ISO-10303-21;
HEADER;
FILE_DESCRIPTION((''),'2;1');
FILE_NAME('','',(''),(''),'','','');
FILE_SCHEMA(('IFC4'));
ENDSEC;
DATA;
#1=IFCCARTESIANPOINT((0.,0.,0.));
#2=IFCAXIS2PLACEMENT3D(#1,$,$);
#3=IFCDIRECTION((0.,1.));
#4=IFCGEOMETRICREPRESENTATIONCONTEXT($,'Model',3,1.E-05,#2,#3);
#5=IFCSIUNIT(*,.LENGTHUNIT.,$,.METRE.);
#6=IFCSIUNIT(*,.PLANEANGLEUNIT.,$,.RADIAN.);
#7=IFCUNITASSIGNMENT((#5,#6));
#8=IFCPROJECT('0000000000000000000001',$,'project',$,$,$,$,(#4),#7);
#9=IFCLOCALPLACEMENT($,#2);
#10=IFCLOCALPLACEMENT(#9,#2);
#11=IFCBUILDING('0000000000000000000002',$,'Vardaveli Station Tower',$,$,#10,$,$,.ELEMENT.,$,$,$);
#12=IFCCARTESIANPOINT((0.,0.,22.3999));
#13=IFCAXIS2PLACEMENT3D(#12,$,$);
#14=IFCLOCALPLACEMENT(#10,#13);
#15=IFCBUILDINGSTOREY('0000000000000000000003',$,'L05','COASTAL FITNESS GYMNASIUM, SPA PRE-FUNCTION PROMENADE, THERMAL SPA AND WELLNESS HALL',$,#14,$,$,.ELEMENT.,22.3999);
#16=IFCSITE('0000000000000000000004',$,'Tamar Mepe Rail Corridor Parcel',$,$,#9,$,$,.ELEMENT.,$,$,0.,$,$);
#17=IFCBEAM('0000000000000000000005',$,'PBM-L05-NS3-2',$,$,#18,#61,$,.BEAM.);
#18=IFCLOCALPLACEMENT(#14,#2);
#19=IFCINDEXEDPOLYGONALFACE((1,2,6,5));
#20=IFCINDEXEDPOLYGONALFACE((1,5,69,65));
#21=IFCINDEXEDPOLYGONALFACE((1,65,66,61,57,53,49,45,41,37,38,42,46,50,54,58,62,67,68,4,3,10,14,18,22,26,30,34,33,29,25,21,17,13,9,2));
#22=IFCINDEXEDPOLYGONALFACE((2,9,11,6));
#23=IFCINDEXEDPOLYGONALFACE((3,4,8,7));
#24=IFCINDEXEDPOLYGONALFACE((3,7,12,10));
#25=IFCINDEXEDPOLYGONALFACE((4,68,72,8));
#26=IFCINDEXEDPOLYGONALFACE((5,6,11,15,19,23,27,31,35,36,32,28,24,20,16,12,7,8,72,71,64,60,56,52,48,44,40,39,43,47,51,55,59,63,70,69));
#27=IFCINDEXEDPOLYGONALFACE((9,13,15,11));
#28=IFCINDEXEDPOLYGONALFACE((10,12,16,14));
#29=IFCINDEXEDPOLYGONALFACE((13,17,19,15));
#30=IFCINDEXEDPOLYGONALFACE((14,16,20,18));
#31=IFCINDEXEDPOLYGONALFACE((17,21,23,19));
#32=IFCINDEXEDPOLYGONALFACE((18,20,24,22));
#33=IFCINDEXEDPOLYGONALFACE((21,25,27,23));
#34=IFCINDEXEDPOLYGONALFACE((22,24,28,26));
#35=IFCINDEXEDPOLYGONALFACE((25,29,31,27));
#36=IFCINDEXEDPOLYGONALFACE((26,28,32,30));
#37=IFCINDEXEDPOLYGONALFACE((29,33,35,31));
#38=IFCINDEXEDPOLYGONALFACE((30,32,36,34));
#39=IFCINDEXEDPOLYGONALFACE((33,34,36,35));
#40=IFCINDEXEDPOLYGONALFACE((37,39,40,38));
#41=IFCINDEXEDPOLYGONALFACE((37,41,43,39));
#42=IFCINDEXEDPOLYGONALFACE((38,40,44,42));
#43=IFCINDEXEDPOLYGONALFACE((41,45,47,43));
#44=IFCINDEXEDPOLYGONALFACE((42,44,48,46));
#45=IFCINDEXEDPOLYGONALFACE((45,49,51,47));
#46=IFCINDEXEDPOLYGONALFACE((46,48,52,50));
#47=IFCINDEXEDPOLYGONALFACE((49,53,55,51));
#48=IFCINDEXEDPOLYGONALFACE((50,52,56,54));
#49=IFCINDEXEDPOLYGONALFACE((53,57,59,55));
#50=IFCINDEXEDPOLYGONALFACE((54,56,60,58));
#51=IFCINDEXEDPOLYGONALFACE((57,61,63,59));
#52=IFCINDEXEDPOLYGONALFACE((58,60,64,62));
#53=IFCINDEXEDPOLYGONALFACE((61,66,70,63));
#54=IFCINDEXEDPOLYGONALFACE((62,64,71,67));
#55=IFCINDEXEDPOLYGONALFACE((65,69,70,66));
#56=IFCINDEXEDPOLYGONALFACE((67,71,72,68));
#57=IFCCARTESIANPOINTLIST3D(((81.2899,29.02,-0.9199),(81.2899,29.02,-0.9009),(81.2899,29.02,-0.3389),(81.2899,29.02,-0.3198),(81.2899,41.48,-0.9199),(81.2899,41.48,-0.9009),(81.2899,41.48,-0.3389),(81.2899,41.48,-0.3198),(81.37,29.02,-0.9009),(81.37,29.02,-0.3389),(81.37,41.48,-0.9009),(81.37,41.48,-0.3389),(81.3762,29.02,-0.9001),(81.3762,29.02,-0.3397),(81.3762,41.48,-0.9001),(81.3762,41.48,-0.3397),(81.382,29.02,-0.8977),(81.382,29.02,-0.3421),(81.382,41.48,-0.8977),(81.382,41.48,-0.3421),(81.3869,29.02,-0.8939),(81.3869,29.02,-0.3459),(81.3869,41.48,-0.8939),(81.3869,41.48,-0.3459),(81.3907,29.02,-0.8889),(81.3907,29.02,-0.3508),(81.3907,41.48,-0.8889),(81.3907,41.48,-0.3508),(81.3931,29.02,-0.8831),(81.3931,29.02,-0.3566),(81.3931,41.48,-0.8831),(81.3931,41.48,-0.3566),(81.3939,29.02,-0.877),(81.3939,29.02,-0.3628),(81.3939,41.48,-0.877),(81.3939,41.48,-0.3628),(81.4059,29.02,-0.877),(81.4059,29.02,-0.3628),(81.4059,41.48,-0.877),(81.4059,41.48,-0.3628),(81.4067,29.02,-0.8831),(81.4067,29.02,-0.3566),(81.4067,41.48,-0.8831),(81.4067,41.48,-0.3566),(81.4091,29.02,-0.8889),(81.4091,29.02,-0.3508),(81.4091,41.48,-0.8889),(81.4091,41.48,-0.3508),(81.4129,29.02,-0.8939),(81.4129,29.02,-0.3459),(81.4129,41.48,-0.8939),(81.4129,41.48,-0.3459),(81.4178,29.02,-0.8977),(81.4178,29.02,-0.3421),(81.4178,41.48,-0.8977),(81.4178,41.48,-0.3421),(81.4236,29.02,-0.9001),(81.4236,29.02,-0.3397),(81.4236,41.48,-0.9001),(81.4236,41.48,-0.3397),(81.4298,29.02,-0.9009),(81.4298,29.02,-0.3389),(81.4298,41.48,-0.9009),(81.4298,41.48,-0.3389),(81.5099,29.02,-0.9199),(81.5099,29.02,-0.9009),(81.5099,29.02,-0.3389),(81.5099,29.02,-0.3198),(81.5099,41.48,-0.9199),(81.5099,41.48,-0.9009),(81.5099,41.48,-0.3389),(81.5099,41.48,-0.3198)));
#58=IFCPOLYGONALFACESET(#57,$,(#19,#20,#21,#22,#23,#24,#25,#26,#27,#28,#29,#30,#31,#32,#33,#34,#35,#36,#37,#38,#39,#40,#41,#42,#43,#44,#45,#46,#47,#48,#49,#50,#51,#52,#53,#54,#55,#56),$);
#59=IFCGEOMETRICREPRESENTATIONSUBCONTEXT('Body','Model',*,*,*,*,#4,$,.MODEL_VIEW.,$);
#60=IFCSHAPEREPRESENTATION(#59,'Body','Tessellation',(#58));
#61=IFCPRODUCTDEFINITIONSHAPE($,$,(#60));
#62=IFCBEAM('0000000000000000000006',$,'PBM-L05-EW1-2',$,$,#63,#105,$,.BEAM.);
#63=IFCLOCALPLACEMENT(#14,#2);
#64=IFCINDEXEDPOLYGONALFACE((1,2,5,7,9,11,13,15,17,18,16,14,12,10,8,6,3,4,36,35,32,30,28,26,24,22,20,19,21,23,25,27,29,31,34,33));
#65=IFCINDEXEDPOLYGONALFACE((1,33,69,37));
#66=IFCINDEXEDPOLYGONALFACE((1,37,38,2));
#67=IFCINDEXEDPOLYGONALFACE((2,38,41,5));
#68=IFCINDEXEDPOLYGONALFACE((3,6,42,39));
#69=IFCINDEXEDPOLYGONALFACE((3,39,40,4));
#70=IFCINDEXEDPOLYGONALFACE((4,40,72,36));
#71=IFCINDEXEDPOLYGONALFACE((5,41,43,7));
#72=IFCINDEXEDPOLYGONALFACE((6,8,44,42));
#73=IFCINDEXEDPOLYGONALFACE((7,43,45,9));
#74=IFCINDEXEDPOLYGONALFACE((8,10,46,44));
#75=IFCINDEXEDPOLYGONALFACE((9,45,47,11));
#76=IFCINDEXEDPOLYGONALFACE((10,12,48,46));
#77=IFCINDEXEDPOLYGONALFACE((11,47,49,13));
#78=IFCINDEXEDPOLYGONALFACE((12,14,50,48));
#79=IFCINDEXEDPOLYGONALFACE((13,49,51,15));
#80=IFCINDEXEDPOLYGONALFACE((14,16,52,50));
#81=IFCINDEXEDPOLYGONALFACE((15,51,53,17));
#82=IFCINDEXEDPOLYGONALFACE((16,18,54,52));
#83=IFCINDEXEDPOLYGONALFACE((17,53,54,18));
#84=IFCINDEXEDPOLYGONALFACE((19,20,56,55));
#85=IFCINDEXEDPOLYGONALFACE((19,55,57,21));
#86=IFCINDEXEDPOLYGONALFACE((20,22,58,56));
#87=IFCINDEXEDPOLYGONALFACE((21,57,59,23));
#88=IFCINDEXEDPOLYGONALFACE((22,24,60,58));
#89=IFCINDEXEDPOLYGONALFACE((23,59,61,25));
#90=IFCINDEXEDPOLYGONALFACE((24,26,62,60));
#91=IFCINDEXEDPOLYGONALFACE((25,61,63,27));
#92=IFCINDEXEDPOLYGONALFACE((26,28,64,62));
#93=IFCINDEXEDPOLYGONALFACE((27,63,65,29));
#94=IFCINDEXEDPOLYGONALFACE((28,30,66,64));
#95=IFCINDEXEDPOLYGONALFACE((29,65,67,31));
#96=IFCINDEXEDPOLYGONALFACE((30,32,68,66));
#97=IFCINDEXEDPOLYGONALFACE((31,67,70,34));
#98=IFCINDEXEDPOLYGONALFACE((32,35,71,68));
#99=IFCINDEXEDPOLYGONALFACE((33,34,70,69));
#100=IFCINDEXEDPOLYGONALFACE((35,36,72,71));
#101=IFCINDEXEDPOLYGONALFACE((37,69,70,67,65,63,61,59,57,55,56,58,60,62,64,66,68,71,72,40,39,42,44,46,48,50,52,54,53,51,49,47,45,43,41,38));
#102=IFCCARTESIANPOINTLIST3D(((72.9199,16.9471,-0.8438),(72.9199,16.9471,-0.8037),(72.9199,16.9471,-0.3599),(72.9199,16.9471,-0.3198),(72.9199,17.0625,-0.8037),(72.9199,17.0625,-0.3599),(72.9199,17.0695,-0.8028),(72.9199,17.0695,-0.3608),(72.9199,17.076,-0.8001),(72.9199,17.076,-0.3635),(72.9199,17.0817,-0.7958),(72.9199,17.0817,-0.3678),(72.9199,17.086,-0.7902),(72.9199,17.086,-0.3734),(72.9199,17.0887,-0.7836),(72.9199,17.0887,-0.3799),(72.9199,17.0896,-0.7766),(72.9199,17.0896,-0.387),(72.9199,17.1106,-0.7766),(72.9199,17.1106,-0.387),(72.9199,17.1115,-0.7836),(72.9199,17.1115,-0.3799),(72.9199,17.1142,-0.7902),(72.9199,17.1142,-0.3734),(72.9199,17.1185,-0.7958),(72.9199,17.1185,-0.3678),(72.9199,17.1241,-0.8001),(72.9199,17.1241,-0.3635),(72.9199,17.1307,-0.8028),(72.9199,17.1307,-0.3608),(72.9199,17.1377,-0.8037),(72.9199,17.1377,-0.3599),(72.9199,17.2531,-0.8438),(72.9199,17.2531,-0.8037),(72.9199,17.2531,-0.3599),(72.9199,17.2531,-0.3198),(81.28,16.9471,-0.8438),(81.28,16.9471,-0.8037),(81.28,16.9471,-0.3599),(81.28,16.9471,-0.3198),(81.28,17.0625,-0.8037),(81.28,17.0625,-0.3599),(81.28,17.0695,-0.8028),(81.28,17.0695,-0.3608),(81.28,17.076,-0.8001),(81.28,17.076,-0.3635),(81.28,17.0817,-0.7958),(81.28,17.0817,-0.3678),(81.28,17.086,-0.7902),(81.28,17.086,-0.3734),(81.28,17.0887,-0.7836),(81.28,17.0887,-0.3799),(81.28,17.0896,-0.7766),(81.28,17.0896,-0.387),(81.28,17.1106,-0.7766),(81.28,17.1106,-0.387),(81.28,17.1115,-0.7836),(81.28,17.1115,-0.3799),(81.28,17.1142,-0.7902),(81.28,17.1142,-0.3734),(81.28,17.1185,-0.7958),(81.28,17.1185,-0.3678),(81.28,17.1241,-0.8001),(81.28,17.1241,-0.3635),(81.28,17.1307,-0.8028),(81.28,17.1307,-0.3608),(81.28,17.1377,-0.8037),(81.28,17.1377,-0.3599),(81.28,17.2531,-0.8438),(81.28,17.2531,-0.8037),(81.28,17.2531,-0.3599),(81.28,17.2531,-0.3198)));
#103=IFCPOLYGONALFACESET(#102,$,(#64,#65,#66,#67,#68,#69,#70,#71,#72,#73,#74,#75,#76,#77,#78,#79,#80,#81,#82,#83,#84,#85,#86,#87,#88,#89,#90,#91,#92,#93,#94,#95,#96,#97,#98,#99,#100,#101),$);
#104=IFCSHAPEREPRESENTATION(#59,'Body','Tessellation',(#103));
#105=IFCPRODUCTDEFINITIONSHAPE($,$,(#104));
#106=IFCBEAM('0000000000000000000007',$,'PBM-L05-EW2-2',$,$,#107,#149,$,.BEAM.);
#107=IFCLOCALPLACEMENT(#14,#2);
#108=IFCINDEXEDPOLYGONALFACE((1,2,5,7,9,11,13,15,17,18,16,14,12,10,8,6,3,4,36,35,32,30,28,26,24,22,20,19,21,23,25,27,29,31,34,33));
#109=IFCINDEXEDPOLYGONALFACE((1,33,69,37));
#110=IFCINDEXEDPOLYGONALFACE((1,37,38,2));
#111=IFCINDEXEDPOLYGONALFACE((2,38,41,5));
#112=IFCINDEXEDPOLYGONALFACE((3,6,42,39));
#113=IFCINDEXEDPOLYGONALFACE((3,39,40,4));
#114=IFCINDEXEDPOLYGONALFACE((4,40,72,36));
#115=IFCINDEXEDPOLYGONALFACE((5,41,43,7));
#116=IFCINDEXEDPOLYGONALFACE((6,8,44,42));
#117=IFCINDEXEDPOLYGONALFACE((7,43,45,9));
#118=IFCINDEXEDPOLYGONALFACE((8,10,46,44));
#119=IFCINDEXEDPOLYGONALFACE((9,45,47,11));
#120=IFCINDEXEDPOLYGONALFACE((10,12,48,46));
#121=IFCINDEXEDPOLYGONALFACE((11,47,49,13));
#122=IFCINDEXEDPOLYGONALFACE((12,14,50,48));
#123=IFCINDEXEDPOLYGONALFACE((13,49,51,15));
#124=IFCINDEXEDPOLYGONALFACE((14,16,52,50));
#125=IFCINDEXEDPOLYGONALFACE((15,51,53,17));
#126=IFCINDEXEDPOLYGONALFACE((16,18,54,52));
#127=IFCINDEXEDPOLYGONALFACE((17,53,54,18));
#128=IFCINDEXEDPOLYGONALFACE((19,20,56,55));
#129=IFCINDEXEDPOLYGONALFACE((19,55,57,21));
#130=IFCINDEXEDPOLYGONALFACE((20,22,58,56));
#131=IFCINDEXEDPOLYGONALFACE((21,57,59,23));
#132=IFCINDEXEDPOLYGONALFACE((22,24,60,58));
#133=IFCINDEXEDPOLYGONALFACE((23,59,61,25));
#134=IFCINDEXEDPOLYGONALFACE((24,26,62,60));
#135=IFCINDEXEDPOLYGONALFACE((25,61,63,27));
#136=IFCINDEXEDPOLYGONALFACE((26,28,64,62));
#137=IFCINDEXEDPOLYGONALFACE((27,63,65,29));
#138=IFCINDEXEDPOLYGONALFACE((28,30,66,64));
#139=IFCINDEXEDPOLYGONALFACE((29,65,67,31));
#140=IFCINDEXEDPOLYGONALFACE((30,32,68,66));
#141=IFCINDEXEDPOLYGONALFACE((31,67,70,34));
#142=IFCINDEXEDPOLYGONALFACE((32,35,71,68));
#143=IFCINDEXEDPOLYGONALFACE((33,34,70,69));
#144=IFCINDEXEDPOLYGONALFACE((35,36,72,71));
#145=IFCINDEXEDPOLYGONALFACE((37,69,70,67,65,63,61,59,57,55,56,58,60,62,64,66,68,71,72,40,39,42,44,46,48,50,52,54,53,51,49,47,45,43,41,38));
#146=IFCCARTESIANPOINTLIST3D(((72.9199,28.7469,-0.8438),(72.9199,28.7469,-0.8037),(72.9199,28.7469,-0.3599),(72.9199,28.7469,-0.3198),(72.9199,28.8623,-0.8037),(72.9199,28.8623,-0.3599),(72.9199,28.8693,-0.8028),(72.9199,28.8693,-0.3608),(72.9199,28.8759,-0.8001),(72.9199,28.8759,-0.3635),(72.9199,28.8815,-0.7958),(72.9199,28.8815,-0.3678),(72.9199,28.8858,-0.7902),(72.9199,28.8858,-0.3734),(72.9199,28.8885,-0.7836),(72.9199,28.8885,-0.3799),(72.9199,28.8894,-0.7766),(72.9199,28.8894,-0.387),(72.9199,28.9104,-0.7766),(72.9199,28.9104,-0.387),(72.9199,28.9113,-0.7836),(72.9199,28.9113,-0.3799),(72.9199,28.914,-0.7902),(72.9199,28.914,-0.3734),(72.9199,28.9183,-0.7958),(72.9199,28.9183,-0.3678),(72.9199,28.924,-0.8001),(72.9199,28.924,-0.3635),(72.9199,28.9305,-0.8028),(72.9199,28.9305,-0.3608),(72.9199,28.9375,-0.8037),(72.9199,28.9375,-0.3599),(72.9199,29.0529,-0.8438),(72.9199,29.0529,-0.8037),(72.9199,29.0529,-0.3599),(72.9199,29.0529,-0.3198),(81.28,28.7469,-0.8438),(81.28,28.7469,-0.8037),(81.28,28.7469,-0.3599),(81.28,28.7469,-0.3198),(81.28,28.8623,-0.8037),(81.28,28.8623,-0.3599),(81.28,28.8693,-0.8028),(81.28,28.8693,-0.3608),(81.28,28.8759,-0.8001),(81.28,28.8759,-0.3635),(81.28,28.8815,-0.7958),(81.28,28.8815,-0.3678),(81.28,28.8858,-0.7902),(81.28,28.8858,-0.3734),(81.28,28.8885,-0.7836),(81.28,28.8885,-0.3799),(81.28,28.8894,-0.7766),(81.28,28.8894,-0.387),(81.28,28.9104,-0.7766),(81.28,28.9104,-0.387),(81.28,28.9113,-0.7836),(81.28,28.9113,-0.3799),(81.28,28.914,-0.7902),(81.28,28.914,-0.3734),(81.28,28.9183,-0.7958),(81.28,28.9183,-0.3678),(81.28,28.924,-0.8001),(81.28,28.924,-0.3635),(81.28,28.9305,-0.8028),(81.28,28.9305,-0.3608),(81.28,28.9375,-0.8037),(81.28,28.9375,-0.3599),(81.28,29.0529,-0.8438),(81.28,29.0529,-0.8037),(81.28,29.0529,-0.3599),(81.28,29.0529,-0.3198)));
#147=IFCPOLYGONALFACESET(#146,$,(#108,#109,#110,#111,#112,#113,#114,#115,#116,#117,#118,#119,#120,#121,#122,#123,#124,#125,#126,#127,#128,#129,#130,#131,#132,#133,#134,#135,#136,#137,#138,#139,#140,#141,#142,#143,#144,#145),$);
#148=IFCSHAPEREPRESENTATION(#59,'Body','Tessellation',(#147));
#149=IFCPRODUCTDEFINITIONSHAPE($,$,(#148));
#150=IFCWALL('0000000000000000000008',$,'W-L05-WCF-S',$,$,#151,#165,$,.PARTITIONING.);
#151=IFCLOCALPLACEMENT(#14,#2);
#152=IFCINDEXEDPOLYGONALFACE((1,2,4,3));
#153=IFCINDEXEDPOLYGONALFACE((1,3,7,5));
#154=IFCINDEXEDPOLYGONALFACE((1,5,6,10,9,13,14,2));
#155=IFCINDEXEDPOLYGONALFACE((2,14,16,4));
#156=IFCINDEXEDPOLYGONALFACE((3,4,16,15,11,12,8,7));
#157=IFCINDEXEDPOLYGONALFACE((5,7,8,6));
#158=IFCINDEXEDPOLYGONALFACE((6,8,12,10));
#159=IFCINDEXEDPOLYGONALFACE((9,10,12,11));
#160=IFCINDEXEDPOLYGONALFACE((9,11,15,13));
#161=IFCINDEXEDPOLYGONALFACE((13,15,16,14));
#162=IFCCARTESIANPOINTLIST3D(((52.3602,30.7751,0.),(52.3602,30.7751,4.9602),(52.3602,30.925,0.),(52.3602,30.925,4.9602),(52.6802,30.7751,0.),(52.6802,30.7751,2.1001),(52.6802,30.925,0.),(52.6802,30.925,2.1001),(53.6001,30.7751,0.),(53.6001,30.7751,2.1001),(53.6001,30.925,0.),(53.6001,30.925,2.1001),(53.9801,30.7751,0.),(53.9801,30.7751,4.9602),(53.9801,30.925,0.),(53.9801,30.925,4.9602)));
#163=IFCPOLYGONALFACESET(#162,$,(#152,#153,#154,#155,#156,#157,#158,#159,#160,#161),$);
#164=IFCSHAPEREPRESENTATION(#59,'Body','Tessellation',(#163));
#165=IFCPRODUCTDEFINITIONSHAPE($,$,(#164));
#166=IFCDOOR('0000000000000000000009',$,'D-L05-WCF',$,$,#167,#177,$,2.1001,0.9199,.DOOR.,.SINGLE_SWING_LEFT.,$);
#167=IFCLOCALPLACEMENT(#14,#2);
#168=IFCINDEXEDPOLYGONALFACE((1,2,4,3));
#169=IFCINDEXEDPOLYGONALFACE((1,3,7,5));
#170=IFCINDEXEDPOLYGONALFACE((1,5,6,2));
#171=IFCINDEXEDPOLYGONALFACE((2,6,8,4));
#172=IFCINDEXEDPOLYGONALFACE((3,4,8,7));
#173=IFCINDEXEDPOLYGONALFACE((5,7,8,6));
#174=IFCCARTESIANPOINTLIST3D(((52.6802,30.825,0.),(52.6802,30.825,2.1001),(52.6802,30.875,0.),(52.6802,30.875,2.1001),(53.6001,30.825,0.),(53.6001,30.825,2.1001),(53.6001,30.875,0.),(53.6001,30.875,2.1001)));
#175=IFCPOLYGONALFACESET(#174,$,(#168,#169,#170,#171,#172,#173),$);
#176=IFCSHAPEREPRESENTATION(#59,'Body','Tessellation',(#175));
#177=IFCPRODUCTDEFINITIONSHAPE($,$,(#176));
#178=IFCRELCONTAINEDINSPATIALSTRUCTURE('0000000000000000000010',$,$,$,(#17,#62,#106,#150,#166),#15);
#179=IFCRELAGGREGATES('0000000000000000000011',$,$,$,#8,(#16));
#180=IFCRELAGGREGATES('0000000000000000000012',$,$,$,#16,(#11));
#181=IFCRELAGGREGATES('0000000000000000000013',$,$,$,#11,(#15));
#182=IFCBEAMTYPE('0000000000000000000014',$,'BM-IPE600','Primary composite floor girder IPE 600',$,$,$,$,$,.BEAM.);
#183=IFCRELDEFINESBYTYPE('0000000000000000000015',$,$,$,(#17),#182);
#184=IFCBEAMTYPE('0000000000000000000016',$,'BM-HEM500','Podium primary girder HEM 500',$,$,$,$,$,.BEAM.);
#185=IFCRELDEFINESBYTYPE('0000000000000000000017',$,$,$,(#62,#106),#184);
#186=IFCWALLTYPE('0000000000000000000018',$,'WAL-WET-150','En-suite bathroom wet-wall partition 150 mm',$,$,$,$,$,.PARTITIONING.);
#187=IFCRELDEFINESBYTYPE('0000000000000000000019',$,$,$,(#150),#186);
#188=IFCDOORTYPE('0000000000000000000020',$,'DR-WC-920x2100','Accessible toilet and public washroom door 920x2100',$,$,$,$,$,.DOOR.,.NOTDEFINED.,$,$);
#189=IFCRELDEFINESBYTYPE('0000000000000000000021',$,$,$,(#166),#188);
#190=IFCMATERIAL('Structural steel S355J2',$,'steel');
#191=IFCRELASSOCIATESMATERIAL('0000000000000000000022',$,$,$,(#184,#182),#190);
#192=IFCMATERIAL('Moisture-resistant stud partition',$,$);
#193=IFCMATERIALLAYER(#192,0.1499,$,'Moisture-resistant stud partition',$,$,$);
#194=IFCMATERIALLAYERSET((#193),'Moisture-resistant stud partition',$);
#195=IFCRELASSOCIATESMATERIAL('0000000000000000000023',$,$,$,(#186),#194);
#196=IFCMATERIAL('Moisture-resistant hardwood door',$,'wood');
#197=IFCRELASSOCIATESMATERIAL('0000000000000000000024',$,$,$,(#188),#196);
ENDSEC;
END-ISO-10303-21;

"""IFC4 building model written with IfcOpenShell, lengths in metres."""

from ifc_helpers import new_model, si_unit, direction, frame, frame_2d, origin, origin_2d, place, context, subcontext, project, spatial, rectangle, i_section, extrude, source, transform, mapped, material, layer, layer_set, material_profile, profile_set, type_object, element, fill, save


model = new_model("IFC4")

# Units and contexts
model_context = context("Model", 3, precision=1e-05, world=origin(), true_north=direction((0.0, 1.0)))
body_context = subcontext(model_context, "Body", "Model", "MODEL_VIEW")
ifc_project = project(units=[si_unit("LENGTHUNIT", "METRE"), si_unit("PLANEANGLEUNIT", "RADIAN")], contexts=[model_context])

# Site, building, storey
site_placement = place(None, origin())
site = spatial("IfcSite", under=ifc_project, at=site_placement, Name="Tamar Mepe Rail Corridor Parcel", CompositionType="ELEMENT", RefElevation=0.0)
building_placement = place(site_placement, origin())
building = spatial("IfcBuilding", under=site, at=building_placement, Name="Vardaveli Station Tower", CompositionType="ELEMENT")
storey_placement = place(building_placement, frame((0.0, 0.0, 22.3999)))
storey = spatial("IfcBuildingStorey", under=building, at=storey_placement, Name="L05", Description="COASTAL FITNESS GYMNASIUM, SPA PRE-FUNCTION PROMENADE, THERMAL SPA AND WELLNESS HALL", CompositionType="ELEMENT", Elevation=22.3999)

# Beams
ifc_material_1 = material(Name="Structural steel S355J2", Category="steel")
ifc_material_profile_1 = material_profile(ifc_material_1, i_section(OverallWidth=0.3059, OverallDepth=0.5239, WebThickness=0.021, FlangeThickness=0.04, FilletRadius=0.0271, at=origin_2d()), Name="HEM 500")
ifc_profile_set_1 = profile_set([ifc_material_profile_1], Name="Structural steel S355J2")
beam_type_1 = type_object("IfcBeamType", Name="BM-HEM500", Description="Podium primary girder HEM 500", PredefinedType="BEAM", material=ifc_profile_set_1)
ifc_material_profile_2 = material_profile(ifc_material_1, i_section(OverallWidth=0.22, OverallDepth=0.6001, WebThickness=0.012, FlangeThickness=0.019, FilletRadius=0.0239, at=origin_2d()), Name="IPE 600")
ifc_profile_set_2 = profile_set([ifc_material_profile_2], Name="Structural steel S355J2")
beam_type_2 = type_object("IfcBeamType", Name="BM-IPE600", Description="Primary composite floor girder IPE 600", PredefinedType="BEAM", material=ifc_profile_set_2)
shared_shape_1 = source(origin(), body_context, "Body", "SweptSolid", [
    extrude(i_section(OverallWidth=0.22, OverallDepth=0.6001, WebThickness=0.012, FlangeThickness=0.019, FilletRadius=0.0239, at=origin_2d()), origin(), (0.0, 0.0, 1.0), 12.46),
])
for number, where, z_axis, x_axis, name in (
    (1, (81.3999, 29.02, -0.6199), (0.0, 1.0, 0.0), (-1.0, 0.0, 0.0), "PBM-L05-NS3-2"),
):
    element("IfcBeam", number, at=place(storey_placement, frame(where, z_axis=z_axis, x_axis=x_axis)), inside=storey, type_object=beam_type_2, Name=name, PredefinedType="BEAM", context=body_context, shape_type="MappedRepresentation", body=[
        mapped(shared_shape_1, transform((0.0, 0.0, 0.0), scale=1.0)),
    ])
shared_shape_2 = source(origin(), body_context, "Body", "SweptSolid", [
    extrude(i_section(OverallWidth=0.3059, OverallDepth=0.5239, WebThickness=0.021, FlangeThickness=0.04, FilletRadius=0.0271, at=origin_2d()), origin(), (0.0, 0.0, 1.0), 8.3601),
])
for number, where, z_axis, x_axis, name in (
    (2, (72.9199, 17.1001, -0.5818), (1.0, 0.0, 0.0), (0.0, 1.0, 0.0), "PBM-L05-EW1-2"),
    (3, (72.9199, 28.8999, -0.5818), (1.0, 0.0, 0.0), (0.0, 1.0, 0.0), "PBM-L05-EW2-2"),
):
    element("IfcBeam", number, at=place(storey_placement, frame(where, z_axis=z_axis, x_axis=x_axis)), inside=storey, type_object=beam_type_1, Name=name, PredefinedType="BEAM", context=body_context, shape_type="MappedRepresentation", body=[
        mapped(shared_shape_2, transform((0.0, 0.0, 0.0), scale=1.0)),
    ])

# Wall, opening, door
ifc_material_2 = material(Name="Moisture-resistant stud partition")
ifc_layer_1 = layer(ifc_material_2, 0.1499, Name="Moisture-resistant stud partition")
ifc_layer_set_1 = layer_set([ifc_layer_1], Name="Moisture-resistant stud partition")
wall_type_1 = type_object("IfcWallType", Name="WAL-WET-150", Description="En-suite bathroom wet-wall partition 150 mm", PredefinedType="PARTITIONING", material=ifc_layer_set_1)
shared_shape_3 = source(origin(), body_context, "Body", "SweptSolid", [
    extrude(rectangle(XDim=1.6199, YDim=0.1499, at=frame_2d((0.8101, 0.0))), origin(), (0.0, 0.0, 1.0), 4.9602),
])
wall_1_placement = place(storey_placement, frame((52.3601, 30.8501, 0.0), z_axis=(0.0, 0.0, 1.0), x_axis=(1.0, 0.0, 0.0)))
wall_1 = element("IfcWall", 4, at=wall_1_placement, inside=storey, type_object=wall_type_1, Name="W-L05-WCF-S", PredefinedType="PARTITIONING", context=body_context, shape_type="MappedRepresentation", body=[
    mapped(shared_shape_3, transform((0.0, 0.0, 0.0), scale=1.0)),
])
shared_shape_4 = source(origin(), body_context, "Body", "SweptSolid", [
    extrude(rectangle(XDim=0.9199, YDim=2.1001, at=frame_2d((0.46, 1.05))), frame((0.0, 0.085, 0.0), z_axis=(0.0, -1.0, 0.0), x_axis=(1.0, 0.0, 0.0)), (0.0, 0.0, 1.0), 0.1699),
])
opening_placement = place(wall_1_placement, frame((0.3201, 0.0, 0.0)))
opening = element("IfcOpeningElement", 5, at=opening_placement, cuts=wall_1, PredefinedType="OPENING", context=body_context, shape_type="MappedRepresentation", body=[
    mapped(shared_shape_4, transform((0.0, 0.0, 0.0), scale=1.0)),
])
ifc_material_3 = material(Name="Moisture-resistant hardwood door", Category="wood")
door_type = type_object("IfcDoorType", Name="DR-WC-920x2100", Description="Accessible toilet and public washroom door 920x2100", OperationType="NOTDEFINED", PredefinedType="DOOR", material=ifc_material_3)
shared_shape_5 = source(origin(), body_context, "Body", "SweptSolid", [
    extrude(rectangle(XDim=0.9199, YDim=2.1001, at=frame_2d((0.46, 1.05))), frame((0.0, 0.0249, 0.0), z_axis=(0.0, -1.0, 0.0), x_axis=(1.0, 0.0, 0.0)), (0.0, 0.0, 1.0), 0.05),
])
door_placement = place(opening_placement, origin())
door = element("IfcDoor", 6, at=door_placement, inside=storey, type_object=door_type, Name="D-L05-WCF", OperationType="SINGLE_SWING_LEFT", OverallHeight=2.1001, OverallWidth=0.9199, PredefinedType="DOOR", context=body_context, shape_type="MappedRepresentation", body=[
    mapped(shared_shape_5, transform((0.0, 0.0, 0.0), scale=1.0)),
])
fill(opening, door)

save(model, "model.ifc")
